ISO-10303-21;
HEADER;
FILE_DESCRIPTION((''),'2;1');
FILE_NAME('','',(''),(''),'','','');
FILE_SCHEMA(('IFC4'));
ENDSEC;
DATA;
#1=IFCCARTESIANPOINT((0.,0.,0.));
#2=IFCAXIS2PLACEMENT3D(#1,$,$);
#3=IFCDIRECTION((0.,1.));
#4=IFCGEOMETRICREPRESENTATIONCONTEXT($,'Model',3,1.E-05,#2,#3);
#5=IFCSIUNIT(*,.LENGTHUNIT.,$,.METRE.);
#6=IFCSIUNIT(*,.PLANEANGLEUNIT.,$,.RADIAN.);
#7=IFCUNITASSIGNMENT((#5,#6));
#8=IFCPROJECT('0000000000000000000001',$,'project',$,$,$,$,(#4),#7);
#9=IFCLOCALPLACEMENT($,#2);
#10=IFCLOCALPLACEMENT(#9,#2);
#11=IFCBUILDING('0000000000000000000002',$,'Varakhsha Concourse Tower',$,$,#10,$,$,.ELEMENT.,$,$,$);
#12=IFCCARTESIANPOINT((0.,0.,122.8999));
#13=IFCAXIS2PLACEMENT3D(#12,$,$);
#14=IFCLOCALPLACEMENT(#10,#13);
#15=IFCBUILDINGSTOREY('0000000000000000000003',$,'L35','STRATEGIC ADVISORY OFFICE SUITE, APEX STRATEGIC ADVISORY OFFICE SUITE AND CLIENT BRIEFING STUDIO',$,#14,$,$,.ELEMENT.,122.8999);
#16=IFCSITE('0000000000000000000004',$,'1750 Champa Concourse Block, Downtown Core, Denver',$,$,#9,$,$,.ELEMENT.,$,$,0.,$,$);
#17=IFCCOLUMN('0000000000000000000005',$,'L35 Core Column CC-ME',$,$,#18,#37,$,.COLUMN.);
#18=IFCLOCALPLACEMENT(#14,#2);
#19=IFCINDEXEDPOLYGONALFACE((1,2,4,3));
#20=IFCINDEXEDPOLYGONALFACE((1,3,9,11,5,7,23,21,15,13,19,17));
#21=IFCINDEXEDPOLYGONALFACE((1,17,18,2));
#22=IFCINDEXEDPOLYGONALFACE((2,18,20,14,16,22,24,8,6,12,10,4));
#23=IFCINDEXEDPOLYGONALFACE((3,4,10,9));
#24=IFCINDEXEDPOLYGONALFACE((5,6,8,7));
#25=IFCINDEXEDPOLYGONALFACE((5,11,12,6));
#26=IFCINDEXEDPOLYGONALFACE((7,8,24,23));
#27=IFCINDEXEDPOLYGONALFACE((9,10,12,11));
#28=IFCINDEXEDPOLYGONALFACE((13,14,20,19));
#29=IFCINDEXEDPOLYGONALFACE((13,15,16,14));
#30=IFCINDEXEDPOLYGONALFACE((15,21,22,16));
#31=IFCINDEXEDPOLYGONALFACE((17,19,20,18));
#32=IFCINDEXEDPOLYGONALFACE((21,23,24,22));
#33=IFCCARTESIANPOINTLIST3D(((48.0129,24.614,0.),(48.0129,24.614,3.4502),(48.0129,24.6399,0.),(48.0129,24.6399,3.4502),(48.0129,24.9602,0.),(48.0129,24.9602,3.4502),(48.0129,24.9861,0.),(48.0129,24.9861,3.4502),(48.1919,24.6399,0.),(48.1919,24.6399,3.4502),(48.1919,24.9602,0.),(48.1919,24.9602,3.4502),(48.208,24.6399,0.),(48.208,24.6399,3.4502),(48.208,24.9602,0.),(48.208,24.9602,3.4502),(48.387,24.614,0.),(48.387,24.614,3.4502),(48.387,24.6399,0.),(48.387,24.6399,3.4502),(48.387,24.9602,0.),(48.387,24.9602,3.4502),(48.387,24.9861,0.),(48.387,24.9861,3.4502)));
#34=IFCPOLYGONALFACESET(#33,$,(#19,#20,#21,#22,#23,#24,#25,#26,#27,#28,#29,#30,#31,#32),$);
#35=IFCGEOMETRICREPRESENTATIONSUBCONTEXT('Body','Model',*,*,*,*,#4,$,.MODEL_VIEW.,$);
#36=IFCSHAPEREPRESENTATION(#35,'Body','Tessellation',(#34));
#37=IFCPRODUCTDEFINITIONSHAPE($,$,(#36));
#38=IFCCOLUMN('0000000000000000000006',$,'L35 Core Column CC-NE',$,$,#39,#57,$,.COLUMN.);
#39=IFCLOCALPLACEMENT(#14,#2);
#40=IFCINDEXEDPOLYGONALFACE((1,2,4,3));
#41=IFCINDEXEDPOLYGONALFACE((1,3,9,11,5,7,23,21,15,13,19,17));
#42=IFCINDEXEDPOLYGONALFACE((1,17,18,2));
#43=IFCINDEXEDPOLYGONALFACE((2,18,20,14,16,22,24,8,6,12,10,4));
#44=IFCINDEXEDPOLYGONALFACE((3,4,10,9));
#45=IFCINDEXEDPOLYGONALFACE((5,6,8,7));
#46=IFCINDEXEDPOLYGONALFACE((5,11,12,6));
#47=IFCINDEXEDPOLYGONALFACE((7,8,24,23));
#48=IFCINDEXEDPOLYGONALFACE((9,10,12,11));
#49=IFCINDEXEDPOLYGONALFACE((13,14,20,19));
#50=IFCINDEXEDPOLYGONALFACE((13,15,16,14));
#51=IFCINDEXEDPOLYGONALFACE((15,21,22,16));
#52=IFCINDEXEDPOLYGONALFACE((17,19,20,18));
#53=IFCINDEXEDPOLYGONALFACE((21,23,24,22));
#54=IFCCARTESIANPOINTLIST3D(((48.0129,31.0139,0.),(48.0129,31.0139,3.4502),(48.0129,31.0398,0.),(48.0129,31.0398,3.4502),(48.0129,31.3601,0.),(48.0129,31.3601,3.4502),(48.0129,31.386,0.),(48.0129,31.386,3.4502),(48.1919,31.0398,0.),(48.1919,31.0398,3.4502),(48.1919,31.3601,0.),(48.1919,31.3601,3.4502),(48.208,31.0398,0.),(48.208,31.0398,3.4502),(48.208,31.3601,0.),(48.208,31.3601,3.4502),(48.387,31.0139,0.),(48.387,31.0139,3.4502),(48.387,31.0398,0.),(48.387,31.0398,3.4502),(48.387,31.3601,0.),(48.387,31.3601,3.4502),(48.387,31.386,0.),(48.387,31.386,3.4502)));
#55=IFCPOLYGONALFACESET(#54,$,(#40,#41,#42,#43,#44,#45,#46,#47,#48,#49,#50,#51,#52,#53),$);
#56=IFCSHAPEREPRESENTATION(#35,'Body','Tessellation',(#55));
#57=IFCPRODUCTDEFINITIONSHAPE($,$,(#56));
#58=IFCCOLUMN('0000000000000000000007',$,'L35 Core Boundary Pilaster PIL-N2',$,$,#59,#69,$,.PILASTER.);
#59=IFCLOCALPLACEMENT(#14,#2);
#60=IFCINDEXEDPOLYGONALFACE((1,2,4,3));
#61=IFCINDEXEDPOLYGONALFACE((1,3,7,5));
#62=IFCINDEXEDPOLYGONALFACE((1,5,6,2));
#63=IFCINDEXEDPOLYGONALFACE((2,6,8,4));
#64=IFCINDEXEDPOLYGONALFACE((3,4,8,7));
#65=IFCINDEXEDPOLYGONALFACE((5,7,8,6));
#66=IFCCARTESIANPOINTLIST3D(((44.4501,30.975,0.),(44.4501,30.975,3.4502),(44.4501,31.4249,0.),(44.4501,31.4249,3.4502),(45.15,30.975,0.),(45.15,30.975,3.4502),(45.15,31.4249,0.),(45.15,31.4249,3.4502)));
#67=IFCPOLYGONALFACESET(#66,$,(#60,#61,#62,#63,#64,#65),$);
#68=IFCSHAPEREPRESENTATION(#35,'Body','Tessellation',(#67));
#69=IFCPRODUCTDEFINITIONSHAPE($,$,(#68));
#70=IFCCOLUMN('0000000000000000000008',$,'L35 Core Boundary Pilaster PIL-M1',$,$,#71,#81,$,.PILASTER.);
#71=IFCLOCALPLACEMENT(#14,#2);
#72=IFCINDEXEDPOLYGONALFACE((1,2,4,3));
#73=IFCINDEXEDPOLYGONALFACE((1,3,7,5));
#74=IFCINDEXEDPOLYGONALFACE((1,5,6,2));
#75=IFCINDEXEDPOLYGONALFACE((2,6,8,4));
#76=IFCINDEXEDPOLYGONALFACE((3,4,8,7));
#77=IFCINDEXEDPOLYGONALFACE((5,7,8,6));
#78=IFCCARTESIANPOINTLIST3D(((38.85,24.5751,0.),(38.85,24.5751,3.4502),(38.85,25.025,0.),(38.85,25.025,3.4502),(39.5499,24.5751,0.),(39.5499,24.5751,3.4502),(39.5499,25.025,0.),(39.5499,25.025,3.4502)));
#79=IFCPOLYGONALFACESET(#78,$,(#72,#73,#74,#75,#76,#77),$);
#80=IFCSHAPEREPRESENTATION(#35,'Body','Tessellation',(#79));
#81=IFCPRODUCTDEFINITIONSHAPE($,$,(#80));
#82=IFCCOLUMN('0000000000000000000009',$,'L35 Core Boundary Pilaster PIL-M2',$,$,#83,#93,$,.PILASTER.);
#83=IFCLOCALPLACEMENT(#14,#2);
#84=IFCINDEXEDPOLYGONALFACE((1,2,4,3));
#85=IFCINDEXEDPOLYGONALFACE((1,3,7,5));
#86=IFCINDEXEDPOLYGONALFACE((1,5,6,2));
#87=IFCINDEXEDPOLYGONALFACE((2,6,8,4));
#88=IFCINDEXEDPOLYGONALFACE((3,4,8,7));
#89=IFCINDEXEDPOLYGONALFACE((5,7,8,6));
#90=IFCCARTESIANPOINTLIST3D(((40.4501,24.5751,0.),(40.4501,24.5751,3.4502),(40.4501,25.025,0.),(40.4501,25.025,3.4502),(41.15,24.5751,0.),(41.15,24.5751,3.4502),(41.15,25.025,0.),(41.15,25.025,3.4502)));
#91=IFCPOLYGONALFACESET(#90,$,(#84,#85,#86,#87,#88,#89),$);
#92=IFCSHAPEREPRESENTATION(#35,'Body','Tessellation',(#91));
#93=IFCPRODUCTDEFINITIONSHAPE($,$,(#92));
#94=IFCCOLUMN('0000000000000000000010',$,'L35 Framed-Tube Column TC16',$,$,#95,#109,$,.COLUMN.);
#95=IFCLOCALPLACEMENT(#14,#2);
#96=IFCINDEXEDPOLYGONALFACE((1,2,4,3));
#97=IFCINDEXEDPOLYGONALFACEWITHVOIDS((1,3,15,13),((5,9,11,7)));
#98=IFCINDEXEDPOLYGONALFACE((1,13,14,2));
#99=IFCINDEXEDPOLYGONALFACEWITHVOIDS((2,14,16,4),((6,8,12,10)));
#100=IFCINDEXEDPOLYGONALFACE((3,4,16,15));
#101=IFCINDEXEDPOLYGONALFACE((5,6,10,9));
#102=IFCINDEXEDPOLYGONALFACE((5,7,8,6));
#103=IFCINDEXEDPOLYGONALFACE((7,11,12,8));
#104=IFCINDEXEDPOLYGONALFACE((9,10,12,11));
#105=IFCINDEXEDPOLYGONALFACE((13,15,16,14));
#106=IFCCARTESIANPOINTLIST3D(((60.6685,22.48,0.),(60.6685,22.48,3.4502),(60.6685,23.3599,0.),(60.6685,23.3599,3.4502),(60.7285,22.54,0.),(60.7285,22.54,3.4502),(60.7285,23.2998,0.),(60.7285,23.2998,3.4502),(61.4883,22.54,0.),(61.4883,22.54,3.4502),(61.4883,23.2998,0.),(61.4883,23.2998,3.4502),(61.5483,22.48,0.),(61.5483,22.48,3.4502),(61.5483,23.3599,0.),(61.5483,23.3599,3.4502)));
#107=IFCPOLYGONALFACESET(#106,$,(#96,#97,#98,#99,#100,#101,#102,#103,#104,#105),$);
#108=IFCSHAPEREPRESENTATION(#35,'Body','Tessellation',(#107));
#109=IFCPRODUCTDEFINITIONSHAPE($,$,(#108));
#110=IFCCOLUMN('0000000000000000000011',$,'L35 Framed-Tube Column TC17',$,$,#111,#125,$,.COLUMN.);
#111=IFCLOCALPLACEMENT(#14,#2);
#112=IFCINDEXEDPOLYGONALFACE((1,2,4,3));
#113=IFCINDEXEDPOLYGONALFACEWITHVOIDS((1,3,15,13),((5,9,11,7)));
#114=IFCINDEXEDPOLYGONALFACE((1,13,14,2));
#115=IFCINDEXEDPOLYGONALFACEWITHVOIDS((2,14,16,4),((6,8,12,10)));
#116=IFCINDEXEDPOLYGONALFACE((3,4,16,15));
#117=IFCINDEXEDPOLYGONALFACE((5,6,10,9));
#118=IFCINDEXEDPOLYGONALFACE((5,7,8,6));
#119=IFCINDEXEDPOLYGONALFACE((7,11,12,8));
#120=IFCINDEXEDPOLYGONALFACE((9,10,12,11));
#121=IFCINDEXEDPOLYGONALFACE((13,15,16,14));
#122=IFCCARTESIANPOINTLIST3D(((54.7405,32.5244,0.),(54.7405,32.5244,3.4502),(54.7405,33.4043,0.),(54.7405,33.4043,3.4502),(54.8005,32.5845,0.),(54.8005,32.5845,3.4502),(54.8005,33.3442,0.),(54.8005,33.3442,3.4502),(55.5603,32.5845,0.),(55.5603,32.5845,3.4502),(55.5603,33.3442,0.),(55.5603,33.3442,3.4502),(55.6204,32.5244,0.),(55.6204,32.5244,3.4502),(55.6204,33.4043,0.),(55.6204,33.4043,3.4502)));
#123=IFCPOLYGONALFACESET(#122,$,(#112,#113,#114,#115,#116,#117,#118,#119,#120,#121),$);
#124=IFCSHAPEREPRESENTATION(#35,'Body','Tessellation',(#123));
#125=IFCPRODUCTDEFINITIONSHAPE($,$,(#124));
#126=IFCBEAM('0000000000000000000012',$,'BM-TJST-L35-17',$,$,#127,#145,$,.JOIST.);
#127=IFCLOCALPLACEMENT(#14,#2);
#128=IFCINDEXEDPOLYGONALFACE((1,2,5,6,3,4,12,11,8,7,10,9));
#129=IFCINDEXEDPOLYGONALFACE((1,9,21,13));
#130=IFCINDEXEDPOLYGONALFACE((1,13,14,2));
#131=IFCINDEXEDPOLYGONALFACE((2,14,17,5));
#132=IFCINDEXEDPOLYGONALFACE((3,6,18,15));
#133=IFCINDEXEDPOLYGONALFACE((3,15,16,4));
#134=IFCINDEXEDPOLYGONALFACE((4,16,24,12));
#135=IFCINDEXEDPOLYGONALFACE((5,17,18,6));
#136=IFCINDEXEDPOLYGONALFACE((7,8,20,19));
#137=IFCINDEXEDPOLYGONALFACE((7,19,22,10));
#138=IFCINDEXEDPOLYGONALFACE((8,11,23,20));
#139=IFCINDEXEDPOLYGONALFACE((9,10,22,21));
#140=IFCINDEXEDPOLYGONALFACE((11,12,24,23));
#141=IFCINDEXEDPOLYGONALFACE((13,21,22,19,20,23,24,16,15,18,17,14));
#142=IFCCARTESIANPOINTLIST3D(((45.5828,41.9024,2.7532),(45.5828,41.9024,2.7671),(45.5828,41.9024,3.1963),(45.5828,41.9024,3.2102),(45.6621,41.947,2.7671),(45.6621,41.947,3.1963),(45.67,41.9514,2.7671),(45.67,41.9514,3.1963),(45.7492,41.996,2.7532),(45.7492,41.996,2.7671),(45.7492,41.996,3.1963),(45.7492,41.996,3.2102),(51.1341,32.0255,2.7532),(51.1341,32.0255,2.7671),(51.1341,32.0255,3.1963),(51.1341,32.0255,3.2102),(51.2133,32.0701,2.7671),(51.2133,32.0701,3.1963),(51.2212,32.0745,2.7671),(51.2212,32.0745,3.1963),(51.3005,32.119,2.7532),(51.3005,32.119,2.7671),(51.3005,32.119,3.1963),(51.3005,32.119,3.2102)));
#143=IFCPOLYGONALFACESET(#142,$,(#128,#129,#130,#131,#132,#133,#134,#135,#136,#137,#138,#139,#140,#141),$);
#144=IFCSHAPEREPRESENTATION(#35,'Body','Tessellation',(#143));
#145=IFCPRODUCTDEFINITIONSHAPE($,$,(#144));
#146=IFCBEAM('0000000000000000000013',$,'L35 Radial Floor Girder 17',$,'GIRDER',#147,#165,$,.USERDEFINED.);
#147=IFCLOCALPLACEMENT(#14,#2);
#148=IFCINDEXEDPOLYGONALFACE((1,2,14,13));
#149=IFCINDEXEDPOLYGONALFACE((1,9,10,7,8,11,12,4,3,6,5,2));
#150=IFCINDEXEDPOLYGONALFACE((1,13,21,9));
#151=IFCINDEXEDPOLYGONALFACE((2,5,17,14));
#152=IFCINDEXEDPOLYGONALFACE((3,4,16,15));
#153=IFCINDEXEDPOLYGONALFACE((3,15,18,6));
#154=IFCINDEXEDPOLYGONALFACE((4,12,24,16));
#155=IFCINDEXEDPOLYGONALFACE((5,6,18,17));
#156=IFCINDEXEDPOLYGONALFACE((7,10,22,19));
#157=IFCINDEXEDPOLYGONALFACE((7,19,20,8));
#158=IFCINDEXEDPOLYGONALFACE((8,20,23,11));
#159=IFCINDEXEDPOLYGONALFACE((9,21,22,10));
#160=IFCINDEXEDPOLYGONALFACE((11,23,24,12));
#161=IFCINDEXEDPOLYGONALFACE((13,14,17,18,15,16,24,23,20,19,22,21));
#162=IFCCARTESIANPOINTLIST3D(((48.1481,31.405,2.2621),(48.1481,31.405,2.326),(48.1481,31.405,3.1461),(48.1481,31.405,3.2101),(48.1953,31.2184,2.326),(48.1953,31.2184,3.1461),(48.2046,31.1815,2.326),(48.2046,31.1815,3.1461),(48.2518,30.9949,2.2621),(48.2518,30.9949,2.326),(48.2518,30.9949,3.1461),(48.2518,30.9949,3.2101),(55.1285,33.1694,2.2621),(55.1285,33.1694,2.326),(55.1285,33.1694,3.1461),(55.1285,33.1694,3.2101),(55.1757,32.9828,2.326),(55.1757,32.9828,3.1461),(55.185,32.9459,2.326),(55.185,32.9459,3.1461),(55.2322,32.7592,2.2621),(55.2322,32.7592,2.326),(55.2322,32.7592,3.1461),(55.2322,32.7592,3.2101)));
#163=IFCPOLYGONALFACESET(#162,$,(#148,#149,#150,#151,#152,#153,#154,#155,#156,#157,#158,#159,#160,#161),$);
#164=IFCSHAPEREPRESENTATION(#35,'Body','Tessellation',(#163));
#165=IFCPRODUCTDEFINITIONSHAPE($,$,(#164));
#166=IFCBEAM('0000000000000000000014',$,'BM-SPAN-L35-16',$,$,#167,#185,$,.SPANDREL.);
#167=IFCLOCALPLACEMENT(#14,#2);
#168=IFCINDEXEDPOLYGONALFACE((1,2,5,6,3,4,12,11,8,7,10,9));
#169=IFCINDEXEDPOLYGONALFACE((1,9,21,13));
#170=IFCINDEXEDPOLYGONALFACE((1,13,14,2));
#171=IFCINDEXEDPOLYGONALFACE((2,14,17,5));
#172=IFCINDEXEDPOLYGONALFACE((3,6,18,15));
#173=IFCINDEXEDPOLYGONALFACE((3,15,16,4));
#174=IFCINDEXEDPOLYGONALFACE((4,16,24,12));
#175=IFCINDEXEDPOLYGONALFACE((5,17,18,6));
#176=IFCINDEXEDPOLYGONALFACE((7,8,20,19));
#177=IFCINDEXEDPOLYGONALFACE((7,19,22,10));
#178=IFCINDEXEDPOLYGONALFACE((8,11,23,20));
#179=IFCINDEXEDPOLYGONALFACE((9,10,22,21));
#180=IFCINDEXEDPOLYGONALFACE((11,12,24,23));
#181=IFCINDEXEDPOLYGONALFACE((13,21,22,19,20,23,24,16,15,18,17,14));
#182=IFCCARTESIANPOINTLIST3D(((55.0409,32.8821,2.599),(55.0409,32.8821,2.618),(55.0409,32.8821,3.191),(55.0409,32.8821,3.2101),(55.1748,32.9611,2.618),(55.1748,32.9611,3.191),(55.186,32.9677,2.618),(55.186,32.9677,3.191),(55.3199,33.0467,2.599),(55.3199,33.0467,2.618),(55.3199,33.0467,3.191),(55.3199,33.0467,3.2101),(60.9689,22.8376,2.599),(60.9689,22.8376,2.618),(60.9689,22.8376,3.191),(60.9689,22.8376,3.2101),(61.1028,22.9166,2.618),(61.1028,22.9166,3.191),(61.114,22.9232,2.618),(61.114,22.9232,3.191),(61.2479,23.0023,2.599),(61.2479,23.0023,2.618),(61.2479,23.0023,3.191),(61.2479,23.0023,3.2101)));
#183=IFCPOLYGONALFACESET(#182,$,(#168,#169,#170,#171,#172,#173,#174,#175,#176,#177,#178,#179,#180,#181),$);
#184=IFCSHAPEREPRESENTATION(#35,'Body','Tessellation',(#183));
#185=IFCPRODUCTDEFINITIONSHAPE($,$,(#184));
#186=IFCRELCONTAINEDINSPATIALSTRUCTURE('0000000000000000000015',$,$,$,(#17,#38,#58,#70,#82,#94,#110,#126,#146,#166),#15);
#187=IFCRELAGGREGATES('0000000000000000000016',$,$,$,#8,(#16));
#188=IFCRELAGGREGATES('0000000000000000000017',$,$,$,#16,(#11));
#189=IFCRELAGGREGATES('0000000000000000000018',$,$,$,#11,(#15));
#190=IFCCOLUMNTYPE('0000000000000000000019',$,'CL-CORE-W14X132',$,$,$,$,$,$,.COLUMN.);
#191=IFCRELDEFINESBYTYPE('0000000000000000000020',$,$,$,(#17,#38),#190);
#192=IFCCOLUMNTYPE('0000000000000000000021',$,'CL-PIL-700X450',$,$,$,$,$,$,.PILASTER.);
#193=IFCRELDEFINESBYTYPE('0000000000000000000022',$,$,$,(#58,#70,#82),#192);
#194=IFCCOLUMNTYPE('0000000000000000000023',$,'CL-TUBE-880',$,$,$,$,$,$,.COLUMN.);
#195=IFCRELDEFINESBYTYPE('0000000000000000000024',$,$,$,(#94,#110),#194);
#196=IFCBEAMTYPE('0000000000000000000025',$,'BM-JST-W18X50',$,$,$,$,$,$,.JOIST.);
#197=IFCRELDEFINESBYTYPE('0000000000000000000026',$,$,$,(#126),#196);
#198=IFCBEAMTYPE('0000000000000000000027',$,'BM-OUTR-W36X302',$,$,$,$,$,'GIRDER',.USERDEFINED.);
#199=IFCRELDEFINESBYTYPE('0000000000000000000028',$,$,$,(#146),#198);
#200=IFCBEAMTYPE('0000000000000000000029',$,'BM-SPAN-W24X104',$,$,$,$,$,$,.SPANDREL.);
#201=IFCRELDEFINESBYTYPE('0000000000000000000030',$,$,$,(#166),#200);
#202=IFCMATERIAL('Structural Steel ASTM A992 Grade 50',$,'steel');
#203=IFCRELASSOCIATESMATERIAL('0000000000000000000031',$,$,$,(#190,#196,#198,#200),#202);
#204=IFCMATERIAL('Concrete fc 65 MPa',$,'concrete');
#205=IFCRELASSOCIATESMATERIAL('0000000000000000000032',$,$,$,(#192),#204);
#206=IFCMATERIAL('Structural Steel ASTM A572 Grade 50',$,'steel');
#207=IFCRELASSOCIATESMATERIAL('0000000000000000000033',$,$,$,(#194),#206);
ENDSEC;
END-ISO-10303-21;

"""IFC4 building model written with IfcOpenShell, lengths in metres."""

from ifc_helpers import new_model, si_unit, direction, frame, origin, origin_2d, place, context, subcontext, project, spatial, rectangle, hollow_rectangle, i_section, extrude, material, material_profile, profile_set, type_object, element, save


model = new_model("IFC4")

# Units and contexts
model_context = context("Model", 3, precision=1e-05, world=origin(), true_north=direction((0.0, 1.0)))
body_context = subcontext(model_context, "Body", "Model", "MODEL_VIEW")
ifc_project = project(units=[si_unit("LENGTHUNIT", "METRE"), si_unit("PLANEANGLEUNIT", "RADIAN")], contexts=[model_context])

# Site, building, storey
site_placement = place(None, origin())
site = spatial("IfcSite", under=ifc_project, at=site_placement, Name="1750 Champa Concourse Block, Downtown Core, Denver", CompositionType="ELEMENT", RefElevation=0.0)
building_placement = place(site_placement, origin())
building = spatial("IfcBuilding", under=site, at=building_placement, Name="Varakhsha Concourse Tower", CompositionType="ELEMENT")
storey_placement = place(building_placement, frame((0.0, 0.0, 122.8999)))
storey = spatial("IfcBuildingStorey", under=building, at=storey_placement, Name="L35", Description="STRATEGIC ADVISORY OFFICE SUITE, APEX STRATEGIC ADVISORY OFFICE SUITE AND CLIENT BRIEFING STUDIO", CompositionType="ELEMENT", Elevation=122.8999)

# Columns
ifc_material_1 = material(Name="Structural Steel ASTM A992 Grade 50", Category="steel")
ifc_material_profile_1 = material_profile(ifc_material_1, i_section(OverallWidth=0.374, OverallDepth=0.3721, WebThickness=0.0161, FlangeThickness=0.0259, at=origin_2d()), Name="W14X132")
ifc_profile_set_1 = profile_set([ifc_material_profile_1], Name="Structural Steel ASTM A992 Grade 50")
column_type_1 = type_object("IfcColumnType", Name="CL-CORE-W14X132", PredefinedType="COLUMN", material=ifc_profile_set_1)
for number, where, z_axis, x_axis, name in (
    (1, (48.2, 24.8, 0.0), (0.0, 0.0, 1.0), (1.0, 0.0, 0.0), "L35 Core Column CC-ME"),
    (2, (48.2, 31.2, 0.0), (0.0, 0.0, 1.0), (1.0, 0.0, 0.0), "L35 Core Column CC-NE"),
):
    element("IfcColumn", number, at=place(storey_placement, frame(where, z_axis=z_axis, x_axis=x_axis)), inside=storey, type_object=column_type_1, Name=name, PredefinedType="COLUMN", context=body_context, shape_type="SweptSolid", body=[
        extrude(i_section(OverallWidth=0.374, OverallDepth=0.3721, WebThickness=0.0161, FlangeThickness=0.0259, at=origin_2d()), origin(), (0.0, 0.0, 1.0), 3.4502),
    ])
ifc_material_2 = material(Name="Concrete fc 65 MPa", Category="concrete")
ifc_material_profile_2 = material_profile(ifc_material_2, rectangle(XDim=0.7, YDim=0.45, at=origin_2d()), Name="RC 700x450")
ifc_profile_set_2 = profile_set([ifc_material_profile_2], Name="Concrete fc 65 MPa")
column_type_2 = type_object("IfcColumnType", Name="CL-PIL-700X450", PredefinedType="PILASTER", material=ifc_profile_set_2)
for number, where, z_axis, x_axis, name in (
    (3, (44.8, 31.2, 0.0), (0.0, 0.0, 1.0), (1.0, 0.0, 0.0), "L35 Core Boundary Pilaster PIL-N2"),
    (4, (39.2, 24.8, 0.0), (0.0, 0.0, 1.0), (1.0, 0.0, 0.0), "L35 Core Boundary Pilaster PIL-M1"),
    (5, (40.8, 24.8, 0.0), (0.0, 0.0, 1.0), (1.0, 0.0, 0.0), "L35 Core Boundary Pilaster PIL-M2"),
):
    element("IfcColumn", number, at=place(storey_placement, frame(where, z_axis=z_axis, x_axis=x_axis)), inside=storey, type_object=column_type_2, Name=name, PredefinedType="PILASTER", context=body_context, shape_type="SweptSolid", body=[
        extrude(rectangle(XDim=0.7, YDim=0.45, at=origin_2d()), origin(), (0.0, 0.0, 1.0), 3.4502),
    ])
ifc_material_3 = material(Name="Structural Steel ASTM A572 Grade 50", Category="steel")
ifc_material_profile_3 = material_profile(ifc_material_3, hollow_rectangle(XDim=0.8799, YDim=0.8799, WallThickness=0.0601, at=origin_2d()), Name="BOX 880x880x60")
ifc_profile_set_3 = profile_set([ifc_material_profile_3], Name="Structural Steel ASTM A572 Grade 50")
column_type_3 = type_object("IfcColumnType", Name="CL-TUBE-880", PredefinedType="COLUMN", material=ifc_profile_set_3)
for number, where, z_axis, x_axis, name in (
    (6, (61.1084, 22.9199, 0.0), (0.0, 0.0, 1.0), (1.0, 0.0, 0.0), "L35 Framed-Tube Column TC16"),
    (7, (55.1804, 32.9644, 0.0), (0.0, 0.0, 1.0), (1.0, 0.0, 0.0), "L35 Framed-Tube Column TC17"),
):
    element("IfcColumn", number, at=place(storey_placement, frame(where, z_axis=z_axis, x_axis=x_axis)), inside=storey, type_object=column_type_3, Name=name, PredefinedType="COLUMN", context=body_context, shape_type="SweptSolid", body=[
        extrude(hollow_rectangle(XDim=0.8799, YDim=0.8799, WallThickness=0.0601, at=origin_2d()), origin(), (0.0, 0.0, 1.0), 3.4502),
    ])

# Beams
ifc_material_profile_4 = material_profile(ifc_material_1, i_section(OverallWidth=0.1909, OverallDepth=0.457, WebThickness=0.009, FlangeThickness=0.0139, at=origin_2d()), Name="W18X50")
ifc_profile_set_4 = profile_set([ifc_material_profile_4], Name="Structural Steel ASTM A992 Grade 50")
beam_type_1 = type_object("IfcBeamType", Name="BM-JST-W18X50", PredefinedType="JOIST", material=ifc_profile_set_4)
beam_1_placement = place(storey_placement, frame((51.2173, 32.0723, 2.9817), z_axis=(-0.489958, 0.871746, 0.0), x_axis=(-0.871746, -0.489958, 0.0)))
element("IfcBeam", 8, at=beam_1_placement, inside=storey, type_object=beam_type_1, Name="BM-TJST-L35-17", PredefinedType="JOIST", context=body_context, shape_type="SweptSolid", body=[
    extrude(i_section(OverallWidth=0.1909, OverallDepth=0.457, WebThickness=0.009, FlangeThickness=0.0139, at=origin_2d()), origin(), (0.0, 0.0, 1.0), 11.3301),
])
ifc_material_profile_5 = material_profile(ifc_material_1, i_section(OverallWidth=0.4231, OverallDepth=0.948, WebThickness=0.0381, FlangeThickness=0.064, at=origin_2d()), Name="W36X302")
ifc_profile_set_5 = profile_set([ifc_material_profile_5], Name="Structural Steel ASTM A992 Grade 50")
beam_type_2 = type_object("IfcBeamType", Name="BM-OUTR-W36X302", ElementType="GIRDER", PredefinedType="USERDEFINED", material=ifc_profile_set_5)
beam_2_placement = place(storey_placement, frame((48.2, 31.2, 2.7361), z_axis=(0.969509, 0.245056, 0.0), x_axis=(-0.245056, 0.969509, 0.0)))
element("IfcBeam", 9, at=beam_2_placement, inside=storey, type_object=beam_type_2, Name="L35 Radial Floor Girder 17", ObjectType="GIRDER", PredefinedType="USERDEFINED", context=body_context, shape_type="SweptSolid", body=[
    extrude(i_section(OverallWidth=0.4231, OverallDepth=0.948, WebThickness=0.0381, FlangeThickness=0.064, at=origin_2d()), origin(), (0.0, 0.0, 1.0), 7.2),
])
ifc_material_profile_6 = material_profile(ifc_material_1, i_section(OverallWidth=0.324, OverallDepth=0.6111, WebThickness=0.0129, FlangeThickness=0.019, at=origin_2d()), Name="W24X104")
ifc_profile_set_6 = profile_set([ifc_material_profile_6], Name="Structural Steel ASTM A992 Grade 50")
beam_type_3 = type_object("IfcBeamType", Name="BM-SPAN-W24X104", PredefinedType="SPANDREL", material=ifc_profile_set_6)
for number, where, z_axis, x_axis, name in (
    (10, (61.1084, 22.9199, 2.9045), (-0.508261, 0.861203, 0.0), (-0.861203, -0.508261, 0.0), "BM-SPAN-L35-16"),
):
    element("IfcBeam", number, at=place(storey_placement, frame(where, z_axis=z_axis, x_axis=x_axis)), inside=storey, type_object=beam_type_3, Name=name, PredefinedType="SPANDREL", context=body_context, shape_type="SweptSolid", body=[
        extrude(i_section(OverallWidth=0.324, OverallDepth=0.6111, WebThickness=0.0129, FlangeThickness=0.019, at=origin_2d()), origin(), (0.0, 0.0, 1.0), 11.6633),
    ])

save(model, "model.ifc")
